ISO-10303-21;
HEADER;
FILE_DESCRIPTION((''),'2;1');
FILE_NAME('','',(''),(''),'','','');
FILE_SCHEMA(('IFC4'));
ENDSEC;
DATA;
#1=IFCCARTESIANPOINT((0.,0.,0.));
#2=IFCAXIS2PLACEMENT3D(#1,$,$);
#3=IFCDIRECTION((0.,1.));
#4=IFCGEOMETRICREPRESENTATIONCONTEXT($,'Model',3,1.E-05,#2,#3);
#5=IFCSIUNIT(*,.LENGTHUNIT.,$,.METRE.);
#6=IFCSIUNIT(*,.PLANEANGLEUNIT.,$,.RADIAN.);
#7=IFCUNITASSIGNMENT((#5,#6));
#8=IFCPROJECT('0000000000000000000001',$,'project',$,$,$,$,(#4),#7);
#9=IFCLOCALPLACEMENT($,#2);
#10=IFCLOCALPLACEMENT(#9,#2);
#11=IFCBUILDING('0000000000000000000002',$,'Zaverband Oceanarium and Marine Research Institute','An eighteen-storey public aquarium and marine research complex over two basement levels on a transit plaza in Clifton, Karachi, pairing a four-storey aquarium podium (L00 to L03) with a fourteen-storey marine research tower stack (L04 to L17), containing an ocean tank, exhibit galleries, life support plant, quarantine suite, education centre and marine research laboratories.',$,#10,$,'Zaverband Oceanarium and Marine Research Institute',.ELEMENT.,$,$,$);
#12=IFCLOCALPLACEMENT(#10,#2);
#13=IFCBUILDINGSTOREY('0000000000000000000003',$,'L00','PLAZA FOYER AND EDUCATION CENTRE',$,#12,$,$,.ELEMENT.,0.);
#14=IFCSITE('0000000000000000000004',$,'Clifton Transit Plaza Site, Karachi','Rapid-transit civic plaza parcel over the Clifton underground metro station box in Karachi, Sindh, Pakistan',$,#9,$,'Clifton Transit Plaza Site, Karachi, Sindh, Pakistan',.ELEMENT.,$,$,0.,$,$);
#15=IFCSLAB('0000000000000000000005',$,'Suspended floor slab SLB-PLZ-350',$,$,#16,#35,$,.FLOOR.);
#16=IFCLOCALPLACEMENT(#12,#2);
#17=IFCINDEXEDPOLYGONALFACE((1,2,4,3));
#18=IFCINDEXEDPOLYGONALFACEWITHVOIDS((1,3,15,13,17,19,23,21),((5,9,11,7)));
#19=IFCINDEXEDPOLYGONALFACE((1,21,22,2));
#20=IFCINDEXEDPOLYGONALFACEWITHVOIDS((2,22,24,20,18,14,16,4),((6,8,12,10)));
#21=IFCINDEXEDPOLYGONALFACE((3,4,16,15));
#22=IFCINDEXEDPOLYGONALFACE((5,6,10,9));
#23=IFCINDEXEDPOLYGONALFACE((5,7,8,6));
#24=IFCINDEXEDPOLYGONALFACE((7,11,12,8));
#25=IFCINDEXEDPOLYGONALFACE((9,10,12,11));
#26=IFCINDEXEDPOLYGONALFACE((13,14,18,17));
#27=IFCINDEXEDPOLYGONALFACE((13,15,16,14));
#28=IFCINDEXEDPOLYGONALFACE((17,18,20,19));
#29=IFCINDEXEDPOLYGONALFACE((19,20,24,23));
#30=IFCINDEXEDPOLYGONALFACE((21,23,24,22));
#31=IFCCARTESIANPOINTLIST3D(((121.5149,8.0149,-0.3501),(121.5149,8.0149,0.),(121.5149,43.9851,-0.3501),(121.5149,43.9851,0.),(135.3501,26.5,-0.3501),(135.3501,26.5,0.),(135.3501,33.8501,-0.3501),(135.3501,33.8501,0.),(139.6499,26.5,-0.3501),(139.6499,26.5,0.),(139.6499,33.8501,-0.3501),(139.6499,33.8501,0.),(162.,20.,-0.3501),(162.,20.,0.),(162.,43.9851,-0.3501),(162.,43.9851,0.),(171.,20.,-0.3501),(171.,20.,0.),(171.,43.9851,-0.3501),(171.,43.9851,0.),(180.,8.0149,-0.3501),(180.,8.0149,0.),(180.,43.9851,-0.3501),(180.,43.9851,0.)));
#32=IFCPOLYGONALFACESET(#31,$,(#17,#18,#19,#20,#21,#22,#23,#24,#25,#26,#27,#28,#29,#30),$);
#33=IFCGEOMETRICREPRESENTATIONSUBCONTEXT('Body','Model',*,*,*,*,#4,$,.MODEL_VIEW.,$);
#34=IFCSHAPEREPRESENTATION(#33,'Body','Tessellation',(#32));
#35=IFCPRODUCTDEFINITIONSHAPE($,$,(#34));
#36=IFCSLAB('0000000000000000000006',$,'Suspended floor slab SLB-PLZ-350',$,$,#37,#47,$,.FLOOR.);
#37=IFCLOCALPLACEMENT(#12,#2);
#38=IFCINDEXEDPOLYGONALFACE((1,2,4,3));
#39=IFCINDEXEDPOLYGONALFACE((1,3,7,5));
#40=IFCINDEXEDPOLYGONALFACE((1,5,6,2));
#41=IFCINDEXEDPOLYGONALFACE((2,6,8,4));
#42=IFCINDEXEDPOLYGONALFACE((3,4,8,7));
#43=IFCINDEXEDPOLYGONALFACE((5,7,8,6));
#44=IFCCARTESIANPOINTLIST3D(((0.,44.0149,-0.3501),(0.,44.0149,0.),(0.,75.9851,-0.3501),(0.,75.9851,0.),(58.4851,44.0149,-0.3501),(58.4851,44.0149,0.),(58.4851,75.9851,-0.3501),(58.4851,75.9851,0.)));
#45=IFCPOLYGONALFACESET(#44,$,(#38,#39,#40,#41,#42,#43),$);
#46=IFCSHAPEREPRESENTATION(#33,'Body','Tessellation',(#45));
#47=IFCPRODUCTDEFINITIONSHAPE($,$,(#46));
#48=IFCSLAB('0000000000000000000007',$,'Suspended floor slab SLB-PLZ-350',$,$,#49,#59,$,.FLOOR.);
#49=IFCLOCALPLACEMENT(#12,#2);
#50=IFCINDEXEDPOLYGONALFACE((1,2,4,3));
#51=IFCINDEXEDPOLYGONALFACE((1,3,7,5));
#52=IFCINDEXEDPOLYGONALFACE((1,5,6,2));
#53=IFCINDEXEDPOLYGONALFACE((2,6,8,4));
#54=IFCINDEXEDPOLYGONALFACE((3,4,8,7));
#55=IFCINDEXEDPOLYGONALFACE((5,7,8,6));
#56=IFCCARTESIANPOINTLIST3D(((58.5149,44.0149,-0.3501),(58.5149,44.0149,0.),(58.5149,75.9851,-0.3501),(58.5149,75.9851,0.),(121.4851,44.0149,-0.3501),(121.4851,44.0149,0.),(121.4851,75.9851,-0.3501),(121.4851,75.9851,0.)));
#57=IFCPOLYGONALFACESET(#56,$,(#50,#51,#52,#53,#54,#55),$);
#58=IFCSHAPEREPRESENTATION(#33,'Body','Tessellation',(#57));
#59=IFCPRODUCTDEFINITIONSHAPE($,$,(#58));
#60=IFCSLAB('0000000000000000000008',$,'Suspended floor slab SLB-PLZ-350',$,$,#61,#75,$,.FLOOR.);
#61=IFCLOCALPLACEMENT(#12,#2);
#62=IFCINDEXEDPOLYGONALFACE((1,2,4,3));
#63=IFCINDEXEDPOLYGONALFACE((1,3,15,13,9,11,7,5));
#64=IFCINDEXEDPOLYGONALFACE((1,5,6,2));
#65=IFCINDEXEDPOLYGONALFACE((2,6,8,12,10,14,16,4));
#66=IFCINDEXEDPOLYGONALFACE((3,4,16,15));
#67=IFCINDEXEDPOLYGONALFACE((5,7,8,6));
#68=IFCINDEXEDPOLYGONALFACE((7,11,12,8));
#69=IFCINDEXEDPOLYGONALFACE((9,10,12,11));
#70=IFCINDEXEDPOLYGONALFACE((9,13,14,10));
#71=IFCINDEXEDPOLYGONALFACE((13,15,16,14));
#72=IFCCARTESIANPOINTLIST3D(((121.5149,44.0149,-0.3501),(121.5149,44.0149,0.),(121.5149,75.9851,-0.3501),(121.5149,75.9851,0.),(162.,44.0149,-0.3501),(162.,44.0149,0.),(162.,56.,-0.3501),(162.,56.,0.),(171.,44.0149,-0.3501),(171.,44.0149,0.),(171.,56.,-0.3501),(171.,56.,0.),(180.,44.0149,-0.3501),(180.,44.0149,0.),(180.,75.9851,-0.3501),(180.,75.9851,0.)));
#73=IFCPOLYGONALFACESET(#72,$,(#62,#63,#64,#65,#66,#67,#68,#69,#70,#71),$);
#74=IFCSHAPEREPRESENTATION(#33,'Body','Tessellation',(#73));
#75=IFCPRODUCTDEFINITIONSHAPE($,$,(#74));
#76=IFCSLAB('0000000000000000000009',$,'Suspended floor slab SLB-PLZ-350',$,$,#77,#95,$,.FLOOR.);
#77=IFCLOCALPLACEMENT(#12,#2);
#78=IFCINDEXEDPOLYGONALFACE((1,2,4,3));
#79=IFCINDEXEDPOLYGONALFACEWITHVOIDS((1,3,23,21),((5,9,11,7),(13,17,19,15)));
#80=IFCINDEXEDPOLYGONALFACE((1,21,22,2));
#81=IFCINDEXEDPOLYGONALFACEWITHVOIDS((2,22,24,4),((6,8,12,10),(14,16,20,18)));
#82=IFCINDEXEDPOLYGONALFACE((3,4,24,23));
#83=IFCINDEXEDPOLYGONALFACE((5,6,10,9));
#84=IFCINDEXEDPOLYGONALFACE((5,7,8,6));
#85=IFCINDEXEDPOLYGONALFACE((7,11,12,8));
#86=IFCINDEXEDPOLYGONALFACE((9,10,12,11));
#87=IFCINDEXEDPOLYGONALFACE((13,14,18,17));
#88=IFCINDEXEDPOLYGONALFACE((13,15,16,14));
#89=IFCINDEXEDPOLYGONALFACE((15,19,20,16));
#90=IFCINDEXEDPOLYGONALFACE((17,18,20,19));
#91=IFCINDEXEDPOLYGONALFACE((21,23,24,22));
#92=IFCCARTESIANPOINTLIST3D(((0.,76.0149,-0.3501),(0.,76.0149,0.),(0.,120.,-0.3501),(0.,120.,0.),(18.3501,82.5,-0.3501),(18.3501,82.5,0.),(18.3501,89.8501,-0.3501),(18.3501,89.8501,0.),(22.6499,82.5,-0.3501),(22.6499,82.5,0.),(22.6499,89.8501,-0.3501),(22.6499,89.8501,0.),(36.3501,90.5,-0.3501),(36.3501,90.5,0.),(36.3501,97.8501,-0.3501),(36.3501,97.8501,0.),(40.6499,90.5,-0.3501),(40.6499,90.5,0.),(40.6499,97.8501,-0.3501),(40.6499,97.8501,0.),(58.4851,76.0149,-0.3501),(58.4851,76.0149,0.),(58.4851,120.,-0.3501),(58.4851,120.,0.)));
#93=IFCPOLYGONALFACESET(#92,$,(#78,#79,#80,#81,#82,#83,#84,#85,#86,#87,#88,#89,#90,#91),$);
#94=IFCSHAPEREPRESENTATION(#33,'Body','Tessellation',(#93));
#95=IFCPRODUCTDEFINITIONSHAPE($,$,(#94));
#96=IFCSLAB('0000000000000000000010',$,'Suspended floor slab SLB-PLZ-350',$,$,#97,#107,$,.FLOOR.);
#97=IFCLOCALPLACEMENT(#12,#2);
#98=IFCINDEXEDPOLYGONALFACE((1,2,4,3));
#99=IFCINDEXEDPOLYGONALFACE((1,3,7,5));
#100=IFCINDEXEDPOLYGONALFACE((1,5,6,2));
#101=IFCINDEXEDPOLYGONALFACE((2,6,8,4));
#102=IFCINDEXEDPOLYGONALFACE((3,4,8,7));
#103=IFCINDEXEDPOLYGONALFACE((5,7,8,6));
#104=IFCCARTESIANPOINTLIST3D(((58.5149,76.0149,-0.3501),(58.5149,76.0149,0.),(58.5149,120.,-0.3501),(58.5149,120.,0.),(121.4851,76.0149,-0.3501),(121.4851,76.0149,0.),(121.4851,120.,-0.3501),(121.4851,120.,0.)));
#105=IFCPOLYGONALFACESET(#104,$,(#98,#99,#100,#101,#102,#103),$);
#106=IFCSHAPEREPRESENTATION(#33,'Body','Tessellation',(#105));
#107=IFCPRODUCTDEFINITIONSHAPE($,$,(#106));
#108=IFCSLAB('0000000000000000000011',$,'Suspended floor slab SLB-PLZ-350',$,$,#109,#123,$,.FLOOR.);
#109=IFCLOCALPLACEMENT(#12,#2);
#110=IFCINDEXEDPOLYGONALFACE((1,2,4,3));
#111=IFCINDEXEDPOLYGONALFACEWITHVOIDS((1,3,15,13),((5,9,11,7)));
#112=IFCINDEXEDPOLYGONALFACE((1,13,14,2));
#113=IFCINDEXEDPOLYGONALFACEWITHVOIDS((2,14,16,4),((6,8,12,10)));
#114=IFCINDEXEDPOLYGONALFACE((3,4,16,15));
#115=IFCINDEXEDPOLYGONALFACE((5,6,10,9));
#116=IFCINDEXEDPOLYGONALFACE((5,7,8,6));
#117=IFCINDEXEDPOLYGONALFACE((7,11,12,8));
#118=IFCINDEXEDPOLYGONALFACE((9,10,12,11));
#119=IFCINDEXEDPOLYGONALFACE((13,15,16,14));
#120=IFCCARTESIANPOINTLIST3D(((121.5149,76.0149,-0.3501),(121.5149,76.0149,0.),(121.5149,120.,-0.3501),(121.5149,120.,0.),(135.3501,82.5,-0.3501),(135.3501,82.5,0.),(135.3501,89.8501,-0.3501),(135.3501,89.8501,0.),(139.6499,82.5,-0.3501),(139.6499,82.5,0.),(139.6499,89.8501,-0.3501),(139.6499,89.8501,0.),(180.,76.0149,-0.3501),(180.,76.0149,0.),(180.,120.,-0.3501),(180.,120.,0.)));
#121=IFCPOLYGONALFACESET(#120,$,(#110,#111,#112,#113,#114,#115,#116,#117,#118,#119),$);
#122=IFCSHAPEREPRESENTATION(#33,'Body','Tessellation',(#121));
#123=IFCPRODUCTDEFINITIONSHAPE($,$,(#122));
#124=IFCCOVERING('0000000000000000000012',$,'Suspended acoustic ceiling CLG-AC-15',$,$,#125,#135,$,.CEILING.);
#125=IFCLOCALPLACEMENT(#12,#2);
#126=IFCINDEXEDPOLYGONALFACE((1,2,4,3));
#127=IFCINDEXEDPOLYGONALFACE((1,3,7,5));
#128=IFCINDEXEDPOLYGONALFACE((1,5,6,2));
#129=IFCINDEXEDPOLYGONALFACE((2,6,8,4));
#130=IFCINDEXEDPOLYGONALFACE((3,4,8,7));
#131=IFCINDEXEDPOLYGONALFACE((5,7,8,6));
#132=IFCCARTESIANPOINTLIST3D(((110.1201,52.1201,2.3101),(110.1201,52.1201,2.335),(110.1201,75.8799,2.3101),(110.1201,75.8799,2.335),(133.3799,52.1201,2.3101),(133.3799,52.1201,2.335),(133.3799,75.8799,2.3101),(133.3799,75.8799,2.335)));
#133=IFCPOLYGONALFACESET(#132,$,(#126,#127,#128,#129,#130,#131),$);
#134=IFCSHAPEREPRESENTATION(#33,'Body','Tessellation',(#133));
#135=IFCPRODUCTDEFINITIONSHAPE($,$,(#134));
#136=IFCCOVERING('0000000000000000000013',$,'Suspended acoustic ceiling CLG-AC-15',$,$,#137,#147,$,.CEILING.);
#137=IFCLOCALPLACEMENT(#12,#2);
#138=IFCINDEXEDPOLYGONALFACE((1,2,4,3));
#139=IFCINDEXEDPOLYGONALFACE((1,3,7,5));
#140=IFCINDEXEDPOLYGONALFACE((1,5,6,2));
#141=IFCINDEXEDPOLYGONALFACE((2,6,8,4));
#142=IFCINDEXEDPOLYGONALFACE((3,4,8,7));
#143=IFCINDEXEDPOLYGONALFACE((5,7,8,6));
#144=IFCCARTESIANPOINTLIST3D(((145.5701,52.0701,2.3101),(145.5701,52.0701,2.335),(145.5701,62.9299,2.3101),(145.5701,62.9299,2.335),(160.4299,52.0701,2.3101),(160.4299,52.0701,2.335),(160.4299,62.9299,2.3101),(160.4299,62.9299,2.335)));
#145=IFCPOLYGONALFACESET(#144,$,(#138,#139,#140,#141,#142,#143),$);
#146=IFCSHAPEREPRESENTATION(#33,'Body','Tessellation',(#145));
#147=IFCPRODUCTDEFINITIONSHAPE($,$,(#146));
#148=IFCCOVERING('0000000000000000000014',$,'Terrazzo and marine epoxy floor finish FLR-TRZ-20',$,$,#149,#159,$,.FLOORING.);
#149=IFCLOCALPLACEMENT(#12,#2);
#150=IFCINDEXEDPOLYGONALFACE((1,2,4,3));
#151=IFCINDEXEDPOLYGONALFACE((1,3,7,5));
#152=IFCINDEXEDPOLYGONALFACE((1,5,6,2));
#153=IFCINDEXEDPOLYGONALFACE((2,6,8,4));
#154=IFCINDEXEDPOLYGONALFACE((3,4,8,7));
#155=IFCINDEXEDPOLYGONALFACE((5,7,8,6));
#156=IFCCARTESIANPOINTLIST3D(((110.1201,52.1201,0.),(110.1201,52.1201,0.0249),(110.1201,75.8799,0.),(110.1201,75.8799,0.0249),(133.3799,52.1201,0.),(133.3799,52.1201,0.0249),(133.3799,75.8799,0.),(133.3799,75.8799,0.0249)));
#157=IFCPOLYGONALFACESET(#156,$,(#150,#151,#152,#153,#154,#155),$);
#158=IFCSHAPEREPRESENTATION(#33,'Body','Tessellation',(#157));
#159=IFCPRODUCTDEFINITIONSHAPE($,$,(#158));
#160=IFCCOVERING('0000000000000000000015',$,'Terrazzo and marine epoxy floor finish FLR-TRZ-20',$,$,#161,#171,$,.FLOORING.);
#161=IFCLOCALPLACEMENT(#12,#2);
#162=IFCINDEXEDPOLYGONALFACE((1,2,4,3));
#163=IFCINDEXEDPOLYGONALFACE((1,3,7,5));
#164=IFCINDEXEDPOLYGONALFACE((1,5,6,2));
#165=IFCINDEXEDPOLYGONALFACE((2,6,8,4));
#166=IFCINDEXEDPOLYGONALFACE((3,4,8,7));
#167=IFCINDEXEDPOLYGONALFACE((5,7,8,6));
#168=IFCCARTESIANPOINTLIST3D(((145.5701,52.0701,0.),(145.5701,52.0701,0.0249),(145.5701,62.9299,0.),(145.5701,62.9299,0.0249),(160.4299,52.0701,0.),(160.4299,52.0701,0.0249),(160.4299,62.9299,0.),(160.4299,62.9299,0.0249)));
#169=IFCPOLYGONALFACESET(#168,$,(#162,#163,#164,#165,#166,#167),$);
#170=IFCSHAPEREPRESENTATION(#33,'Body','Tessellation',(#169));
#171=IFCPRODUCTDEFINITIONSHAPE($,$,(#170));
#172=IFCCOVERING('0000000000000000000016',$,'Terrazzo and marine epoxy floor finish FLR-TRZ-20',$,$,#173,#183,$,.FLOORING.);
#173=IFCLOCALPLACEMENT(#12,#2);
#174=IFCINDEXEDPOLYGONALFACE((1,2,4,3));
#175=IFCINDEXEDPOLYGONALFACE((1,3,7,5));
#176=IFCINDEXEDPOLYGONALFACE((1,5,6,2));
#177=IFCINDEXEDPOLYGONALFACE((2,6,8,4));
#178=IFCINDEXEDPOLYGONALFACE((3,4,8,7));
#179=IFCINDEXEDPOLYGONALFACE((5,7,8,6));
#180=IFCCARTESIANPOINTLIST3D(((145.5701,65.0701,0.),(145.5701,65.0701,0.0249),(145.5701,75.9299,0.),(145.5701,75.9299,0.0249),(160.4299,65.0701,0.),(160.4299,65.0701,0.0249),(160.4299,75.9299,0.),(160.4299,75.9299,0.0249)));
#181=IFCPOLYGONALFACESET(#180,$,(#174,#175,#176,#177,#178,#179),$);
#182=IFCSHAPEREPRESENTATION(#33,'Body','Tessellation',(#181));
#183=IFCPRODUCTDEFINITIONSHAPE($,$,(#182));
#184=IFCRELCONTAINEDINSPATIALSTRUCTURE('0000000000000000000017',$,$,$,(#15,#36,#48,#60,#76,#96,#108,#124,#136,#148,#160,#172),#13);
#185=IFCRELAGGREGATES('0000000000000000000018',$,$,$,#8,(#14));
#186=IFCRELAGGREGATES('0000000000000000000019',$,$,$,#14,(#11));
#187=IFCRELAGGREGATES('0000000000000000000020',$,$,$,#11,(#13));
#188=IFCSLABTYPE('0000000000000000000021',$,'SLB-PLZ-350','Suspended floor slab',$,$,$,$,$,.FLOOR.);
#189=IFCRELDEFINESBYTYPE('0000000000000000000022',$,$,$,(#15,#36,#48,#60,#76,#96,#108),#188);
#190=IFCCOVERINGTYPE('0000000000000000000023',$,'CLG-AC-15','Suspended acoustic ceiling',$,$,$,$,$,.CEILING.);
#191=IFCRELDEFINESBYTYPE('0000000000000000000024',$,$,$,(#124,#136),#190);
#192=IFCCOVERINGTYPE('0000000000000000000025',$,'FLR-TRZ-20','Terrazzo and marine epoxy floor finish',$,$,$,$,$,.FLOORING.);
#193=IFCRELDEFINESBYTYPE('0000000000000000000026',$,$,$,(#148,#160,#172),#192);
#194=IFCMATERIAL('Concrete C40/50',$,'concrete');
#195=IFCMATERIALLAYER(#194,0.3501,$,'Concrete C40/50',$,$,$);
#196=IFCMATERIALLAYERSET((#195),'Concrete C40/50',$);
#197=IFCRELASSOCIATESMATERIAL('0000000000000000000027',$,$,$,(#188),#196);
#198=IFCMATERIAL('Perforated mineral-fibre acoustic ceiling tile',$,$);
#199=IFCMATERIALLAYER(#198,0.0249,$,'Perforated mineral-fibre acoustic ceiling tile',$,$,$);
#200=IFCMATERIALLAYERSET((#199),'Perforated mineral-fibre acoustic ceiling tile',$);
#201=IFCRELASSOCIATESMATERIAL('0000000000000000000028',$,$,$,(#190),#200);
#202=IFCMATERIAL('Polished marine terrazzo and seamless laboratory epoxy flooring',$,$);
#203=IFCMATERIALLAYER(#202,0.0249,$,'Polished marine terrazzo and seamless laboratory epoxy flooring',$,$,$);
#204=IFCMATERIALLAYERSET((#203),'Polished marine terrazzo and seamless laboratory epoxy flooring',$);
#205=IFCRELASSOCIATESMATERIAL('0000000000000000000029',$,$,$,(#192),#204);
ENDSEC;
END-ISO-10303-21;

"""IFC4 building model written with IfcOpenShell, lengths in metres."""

from ifc_helpers import new_model, si_unit, direction, frame, origin, place, context, subcontext, project, spatial, polyline, outline, extrude, material, layer, layer_set, type_object, element, save


model = new_model("IFC4")

# Units and contexts
model_context = context("Model", 3, precision=1e-05, world=origin(), true_north=direction((0.0, 1.0)))
body_context = subcontext(model_context, "Body", "Model", "MODEL_VIEW")
ifc_project = project(units=[si_unit("LENGTHUNIT", "METRE"), si_unit("PLANEANGLEUNIT", "RADIAN")], contexts=[model_context])

# Site, building, storey
site_placement = place(None, origin())
site = spatial("IfcSite", under=ifc_project, at=site_placement, Name="Clifton Transit Plaza Site, Karachi", Description="Rapid-transit civic plaza parcel over the Clifton underground metro station box in Karachi, Sindh, Pakistan", LongName="Clifton Transit Plaza Site, Karachi, Sindh, Pakistan", CompositionType="ELEMENT", RefElevation=0.0)
building_placement = place(site_placement, origin())
building = spatial("IfcBuilding", under=site, at=building_placement, Name="Zaverband Oceanarium and Marine Research Institute", Description="An eighteen-storey public aquarium and marine research complex over two basement levels on a transit plaza in Clifton, Karachi, pairing a four-storey aquarium podium (L00 to L03) with a fourteen-storey marine research tower stack (L04 to L17), containing an ocean tank, exhibit galleries, life support plant, quarantine suite, education centre and marine research laboratories.", LongName="Zaverband Oceanarium and Marine Research Institute", CompositionType="ELEMENT")
storey_placement = place(building_placement, origin())
storey = spatial("IfcBuildingStorey", under=building, at=storey_placement, Name="L00", Description="PLAZA FOYER AND EDUCATION CENTRE", CompositionType="ELEMENT", Elevation=0.0)

# Shared definitions
ifc_material_1 = material(Name="Concrete C40/50", Category="concrete")

# Slabs
ifc_layer_1 = layer(ifc_material_1, 0.3501, Name="Concrete C40/50")
ifc_layer_set_1 = layer_set([ifc_layer_1], Name="Concrete C40/50")
slab_type_1 = type_object("IfcSlabType", Name="SLB-PLZ-350", Description="Suspended floor slab", PredefinedType="FLOOR", material=ifc_layer_set_1)
slab_1_placement = place(storey_placement, frame((0.0, 0.0, -0.3501)))
element("IfcSlab", 1, at=slab_1_placement, inside=storey, type_object=slab_type_1, Name="Suspended floor slab SLB-PLZ-350", PredefinedType="FLOOR", context=body_context, shape_type="SweptSolid", body=[
    extrude(outline(polyline([(180.0, 43.9851), (180.0, 8.0149), (121.5149, 8.0149), (121.5149, 43.9851), (162.0, 43.9851), (162.0, 20.0), (171.0, 20.0), (171.0, 43.9851), (180.0, 43.9851)]), holes=[polyline([(139.6499, 33.8501), (135.3501, 33.8501), (135.3501, 26.5), (139.6499, 26.5), (139.6499, 33.8501)])]), origin(), (0.0, 0.0, 1.0), 0.3501),
])
slab_2_placement = place(storey_placement, frame((0.0, 0.0, -0.3501)))
element("IfcSlab", 2, at=slab_2_placement, inside=storey, type_object=slab_type_1, Name="Suspended floor slab SLB-PLZ-350", PredefinedType="FLOOR", context=body_context, shape_type="SweptSolid", body=[
    extrude(outline(polyline([(0.0, 75.9851), (58.4851, 75.9851), (58.4851, 44.0149), (0.0, 44.0149), (0.0, 75.9851)])), origin(), (0.0, 0.0, 1.0), 0.3501),
])
slab_3_placement = place(storey_placement, frame((0.0, 0.0, -0.3501)))
element("IfcSlab", 3, at=slab_3_placement, inside=storey, type_object=slab_type_1, Name="Suspended floor slab SLB-PLZ-350", PredefinedType="FLOOR", context=body_context, shape_type="SweptSolid", body=[
    extrude(outline(polyline([(58.5149, 75.9851), (121.4851, 75.9851), (121.4851, 44.0149), (58.5149, 44.0149), (58.5149, 75.9851)])), origin(), (0.0, 0.0, 1.0), 0.3501),
])
slab_4_placement = place(storey_placement, frame((0.0, 0.0, -0.3501)))
element("IfcSlab", 4, at=slab_4_placement, inside=storey, type_object=slab_type_1, Name="Suspended floor slab SLB-PLZ-350", PredefinedType="FLOOR", context=body_context, shape_type="SweptSolid", body=[
    extrude(outline(polyline([(121.5149, 44.0149), (121.5149, 75.9851), (180.0, 75.9851), (180.0, 44.0149), (171.0, 44.0149), (171.0, 56.0), (162.0, 56.0), (162.0, 44.0149), (121.5149, 44.0149)])), origin(), (0.0, 0.0, 1.0), 0.3501),
])
slab_5_placement = place(storey_placement, frame((0.0, 0.0, -0.3501)))
element("IfcSlab", 5, at=slab_5_placement, inside=storey, type_object=slab_type_1, Name="Suspended floor slab SLB-PLZ-350", PredefinedType="FLOOR", context=body_context, shape_type="SweptSolid", body=[
    extrude(outline(polyline([(0.0, 120.0), (58.4851, 120.0), (58.4851, 76.0149), (0.0, 76.0149), (0.0, 120.0)]), holes=[polyline([(22.6499, 89.8501), (18.3501, 89.8501), (18.3501, 82.5), (22.6499, 82.5), (22.6499, 89.8501)]), polyline([(40.6499, 97.8501), (36.3501, 97.8501), (36.3501, 90.5), (40.6499, 90.5), (40.6499, 97.8501)])]), origin(), (0.0, 0.0, 1.0), 0.3501),
])
slab_6_placement = place(storey_placement, frame((0.0, 0.0, -0.3501)))
element("IfcSlab", 6, at=slab_6_placement, inside=storey, type_object=slab_type_1, Name="Suspended floor slab SLB-PLZ-350", PredefinedType="FLOOR", context=body_context, shape_type="SweptSolid", body=[
    extrude(outline(polyline([(58.5149, 120.0), (121.4851, 120.0), (121.4851, 76.0149), (58.5149, 76.0149), (58.5149, 120.0)])), origin(), (0.0, 0.0, 1.0), 0.3501),
])
slab_7_placement = place(storey_placement, frame((0.0, 0.0, -0.3501)))
element("IfcSlab", 7, at=slab_7_placement, inside=storey, type_object=slab_type_1, Name="Suspended floor slab SLB-PLZ-350", PredefinedType="FLOOR", context=body_context, shape_type="SweptSolid", body=[
    extrude(outline(polyline([(121.5149, 120.0), (180.0, 120.0), (180.0, 76.0149), (121.5149, 76.0149), (121.5149, 120.0)]), holes=[polyline([(139.6499, 89.8501), (135.3501, 89.8501), (135.3501, 82.5), (139.6499, 82.5), (139.6499, 89.8501)])]), origin(), (0.0, 0.0, 1.0), 0.3501),
])

# Coverings
ifc_material_2 = material(Name="Perforated mineral-fibre acoustic ceiling tile")
ifc_layer_2 = layer(ifc_material_2, 0.0249, Name="Perforated mineral-fibre acoustic ceiling tile")
ifc_layer_set_2 = layer_set([ifc_layer_2], Name="Perforated mineral-fibre acoustic ceiling tile")
covering_type_1 = type_object("IfcCoveringType", Name="CLG-AC-15", Description="Suspended acoustic ceiling", PredefinedType="CEILING", material=ifc_layer_set_2)
covering_1_placement = place(storey_placement, frame((0.0, 0.0, 2.3101)))
element("IfcCovering", 8, at=covering_1_placement, inside=storey, type_object=covering_type_1, Name="Suspended acoustic ceiling CLG-AC-15", PredefinedType="CEILING", context=body_context, shape_type="SweptSolid", body=[
    extrude(outline(polyline([(110.1201, 52.1201), (133.3799, 52.1201), (133.3799, 75.8799), (110.1201, 75.8799), (110.1201, 52.1201)])), origin(), (0.0, 0.0, 1.0), 0.0249),
])
covering_2_placement = place(storey_placement, frame((0.0, 0.0, 2.3101)))
element("IfcCovering", 9, at=covering_2_placement, inside=storey, type_object=covering_type_1, Name="Suspended acoustic ceiling CLG-AC-15", PredefinedType="CEILING", context=body_context, shape_type="SweptSolid", body=[
    extrude(outline(polyline([(145.5701, 52.0701), (160.4299, 52.0701), (160.4299, 62.9299), (145.5701, 62.9299), (145.5701, 52.0701)])), origin(), (0.0, 0.0, 1.0), 0.0249),
])
ifc_material_3 = material(Name="Polished marine terrazzo and seamless laboratory epoxy flooring")
ifc_layer_3 = layer(ifc_material_3, 0.0249, Name="Polished marine terrazzo and seamless laboratory epoxy flooring")
ifc_layer_set_3 = layer_set([ifc_layer_3], Name="Polished marine terrazzo and seamless laboratory epoxy flooring")
covering_type_2 = type_object("IfcCoveringType", Name="FLR-TRZ-20", Description="Terrazzo and marine epoxy floor finish", PredefinedType="FLOORING", material=ifc_layer_set_3)
covering_3_placement = place(storey_placement, origin())
element("IfcCovering", 10, at=covering_3_placement, inside=storey, type_object=covering_type_2, Name="Terrazzo and marine epoxy floor finish FLR-TRZ-20", PredefinedType="FLOORING", context=body_context, shape_type="SweptSolid", body=[
    extrude(outline(polyline([(110.1201, 52.1201), (133.3799, 52.1201), (133.3799, 75.8799), (110.1201, 75.8799), (110.1201, 52.1201)])), origin(), (0.0, 0.0, 1.0), 0.0249),
])
covering_4_placement = place(storey_placement, origin())
element("IfcCovering", 11, at=covering_4_placement, inside=storey, type_object=covering_type_2, Name="Terrazzo and marine epoxy floor finish FLR-TRZ-20", PredefinedType="FLOORING", context=body_context, shape_type="SweptSolid", body=[
    extrude(outline(polyline([(145.5701, 52.0701), (160.4299, 52.0701), (160.4299, 62.9299), (145.5701, 62.9299), (145.5701, 52.0701)])), origin(), (0.0, 0.0, 1.0), 0.0249),
])
covering_5_placement = place(storey_placement, origin())
element("IfcCovering", 12, at=covering_5_placement, inside=storey, type_object=covering_type_2, Name="Terrazzo and marine epoxy floor finish FLR-TRZ-20", PredefinedType="FLOORING", context=body_context, shape_type="SweptSolid", body=[
    extrude(outline(polyline([(145.5701, 65.0701), (160.4299, 65.0701), (160.4299, 75.9299), (145.5701, 75.9299), (145.5701, 65.0701)])), origin(), (0.0, 0.0, 1.0), 0.0249),
])

save(model, "model.ifc")
